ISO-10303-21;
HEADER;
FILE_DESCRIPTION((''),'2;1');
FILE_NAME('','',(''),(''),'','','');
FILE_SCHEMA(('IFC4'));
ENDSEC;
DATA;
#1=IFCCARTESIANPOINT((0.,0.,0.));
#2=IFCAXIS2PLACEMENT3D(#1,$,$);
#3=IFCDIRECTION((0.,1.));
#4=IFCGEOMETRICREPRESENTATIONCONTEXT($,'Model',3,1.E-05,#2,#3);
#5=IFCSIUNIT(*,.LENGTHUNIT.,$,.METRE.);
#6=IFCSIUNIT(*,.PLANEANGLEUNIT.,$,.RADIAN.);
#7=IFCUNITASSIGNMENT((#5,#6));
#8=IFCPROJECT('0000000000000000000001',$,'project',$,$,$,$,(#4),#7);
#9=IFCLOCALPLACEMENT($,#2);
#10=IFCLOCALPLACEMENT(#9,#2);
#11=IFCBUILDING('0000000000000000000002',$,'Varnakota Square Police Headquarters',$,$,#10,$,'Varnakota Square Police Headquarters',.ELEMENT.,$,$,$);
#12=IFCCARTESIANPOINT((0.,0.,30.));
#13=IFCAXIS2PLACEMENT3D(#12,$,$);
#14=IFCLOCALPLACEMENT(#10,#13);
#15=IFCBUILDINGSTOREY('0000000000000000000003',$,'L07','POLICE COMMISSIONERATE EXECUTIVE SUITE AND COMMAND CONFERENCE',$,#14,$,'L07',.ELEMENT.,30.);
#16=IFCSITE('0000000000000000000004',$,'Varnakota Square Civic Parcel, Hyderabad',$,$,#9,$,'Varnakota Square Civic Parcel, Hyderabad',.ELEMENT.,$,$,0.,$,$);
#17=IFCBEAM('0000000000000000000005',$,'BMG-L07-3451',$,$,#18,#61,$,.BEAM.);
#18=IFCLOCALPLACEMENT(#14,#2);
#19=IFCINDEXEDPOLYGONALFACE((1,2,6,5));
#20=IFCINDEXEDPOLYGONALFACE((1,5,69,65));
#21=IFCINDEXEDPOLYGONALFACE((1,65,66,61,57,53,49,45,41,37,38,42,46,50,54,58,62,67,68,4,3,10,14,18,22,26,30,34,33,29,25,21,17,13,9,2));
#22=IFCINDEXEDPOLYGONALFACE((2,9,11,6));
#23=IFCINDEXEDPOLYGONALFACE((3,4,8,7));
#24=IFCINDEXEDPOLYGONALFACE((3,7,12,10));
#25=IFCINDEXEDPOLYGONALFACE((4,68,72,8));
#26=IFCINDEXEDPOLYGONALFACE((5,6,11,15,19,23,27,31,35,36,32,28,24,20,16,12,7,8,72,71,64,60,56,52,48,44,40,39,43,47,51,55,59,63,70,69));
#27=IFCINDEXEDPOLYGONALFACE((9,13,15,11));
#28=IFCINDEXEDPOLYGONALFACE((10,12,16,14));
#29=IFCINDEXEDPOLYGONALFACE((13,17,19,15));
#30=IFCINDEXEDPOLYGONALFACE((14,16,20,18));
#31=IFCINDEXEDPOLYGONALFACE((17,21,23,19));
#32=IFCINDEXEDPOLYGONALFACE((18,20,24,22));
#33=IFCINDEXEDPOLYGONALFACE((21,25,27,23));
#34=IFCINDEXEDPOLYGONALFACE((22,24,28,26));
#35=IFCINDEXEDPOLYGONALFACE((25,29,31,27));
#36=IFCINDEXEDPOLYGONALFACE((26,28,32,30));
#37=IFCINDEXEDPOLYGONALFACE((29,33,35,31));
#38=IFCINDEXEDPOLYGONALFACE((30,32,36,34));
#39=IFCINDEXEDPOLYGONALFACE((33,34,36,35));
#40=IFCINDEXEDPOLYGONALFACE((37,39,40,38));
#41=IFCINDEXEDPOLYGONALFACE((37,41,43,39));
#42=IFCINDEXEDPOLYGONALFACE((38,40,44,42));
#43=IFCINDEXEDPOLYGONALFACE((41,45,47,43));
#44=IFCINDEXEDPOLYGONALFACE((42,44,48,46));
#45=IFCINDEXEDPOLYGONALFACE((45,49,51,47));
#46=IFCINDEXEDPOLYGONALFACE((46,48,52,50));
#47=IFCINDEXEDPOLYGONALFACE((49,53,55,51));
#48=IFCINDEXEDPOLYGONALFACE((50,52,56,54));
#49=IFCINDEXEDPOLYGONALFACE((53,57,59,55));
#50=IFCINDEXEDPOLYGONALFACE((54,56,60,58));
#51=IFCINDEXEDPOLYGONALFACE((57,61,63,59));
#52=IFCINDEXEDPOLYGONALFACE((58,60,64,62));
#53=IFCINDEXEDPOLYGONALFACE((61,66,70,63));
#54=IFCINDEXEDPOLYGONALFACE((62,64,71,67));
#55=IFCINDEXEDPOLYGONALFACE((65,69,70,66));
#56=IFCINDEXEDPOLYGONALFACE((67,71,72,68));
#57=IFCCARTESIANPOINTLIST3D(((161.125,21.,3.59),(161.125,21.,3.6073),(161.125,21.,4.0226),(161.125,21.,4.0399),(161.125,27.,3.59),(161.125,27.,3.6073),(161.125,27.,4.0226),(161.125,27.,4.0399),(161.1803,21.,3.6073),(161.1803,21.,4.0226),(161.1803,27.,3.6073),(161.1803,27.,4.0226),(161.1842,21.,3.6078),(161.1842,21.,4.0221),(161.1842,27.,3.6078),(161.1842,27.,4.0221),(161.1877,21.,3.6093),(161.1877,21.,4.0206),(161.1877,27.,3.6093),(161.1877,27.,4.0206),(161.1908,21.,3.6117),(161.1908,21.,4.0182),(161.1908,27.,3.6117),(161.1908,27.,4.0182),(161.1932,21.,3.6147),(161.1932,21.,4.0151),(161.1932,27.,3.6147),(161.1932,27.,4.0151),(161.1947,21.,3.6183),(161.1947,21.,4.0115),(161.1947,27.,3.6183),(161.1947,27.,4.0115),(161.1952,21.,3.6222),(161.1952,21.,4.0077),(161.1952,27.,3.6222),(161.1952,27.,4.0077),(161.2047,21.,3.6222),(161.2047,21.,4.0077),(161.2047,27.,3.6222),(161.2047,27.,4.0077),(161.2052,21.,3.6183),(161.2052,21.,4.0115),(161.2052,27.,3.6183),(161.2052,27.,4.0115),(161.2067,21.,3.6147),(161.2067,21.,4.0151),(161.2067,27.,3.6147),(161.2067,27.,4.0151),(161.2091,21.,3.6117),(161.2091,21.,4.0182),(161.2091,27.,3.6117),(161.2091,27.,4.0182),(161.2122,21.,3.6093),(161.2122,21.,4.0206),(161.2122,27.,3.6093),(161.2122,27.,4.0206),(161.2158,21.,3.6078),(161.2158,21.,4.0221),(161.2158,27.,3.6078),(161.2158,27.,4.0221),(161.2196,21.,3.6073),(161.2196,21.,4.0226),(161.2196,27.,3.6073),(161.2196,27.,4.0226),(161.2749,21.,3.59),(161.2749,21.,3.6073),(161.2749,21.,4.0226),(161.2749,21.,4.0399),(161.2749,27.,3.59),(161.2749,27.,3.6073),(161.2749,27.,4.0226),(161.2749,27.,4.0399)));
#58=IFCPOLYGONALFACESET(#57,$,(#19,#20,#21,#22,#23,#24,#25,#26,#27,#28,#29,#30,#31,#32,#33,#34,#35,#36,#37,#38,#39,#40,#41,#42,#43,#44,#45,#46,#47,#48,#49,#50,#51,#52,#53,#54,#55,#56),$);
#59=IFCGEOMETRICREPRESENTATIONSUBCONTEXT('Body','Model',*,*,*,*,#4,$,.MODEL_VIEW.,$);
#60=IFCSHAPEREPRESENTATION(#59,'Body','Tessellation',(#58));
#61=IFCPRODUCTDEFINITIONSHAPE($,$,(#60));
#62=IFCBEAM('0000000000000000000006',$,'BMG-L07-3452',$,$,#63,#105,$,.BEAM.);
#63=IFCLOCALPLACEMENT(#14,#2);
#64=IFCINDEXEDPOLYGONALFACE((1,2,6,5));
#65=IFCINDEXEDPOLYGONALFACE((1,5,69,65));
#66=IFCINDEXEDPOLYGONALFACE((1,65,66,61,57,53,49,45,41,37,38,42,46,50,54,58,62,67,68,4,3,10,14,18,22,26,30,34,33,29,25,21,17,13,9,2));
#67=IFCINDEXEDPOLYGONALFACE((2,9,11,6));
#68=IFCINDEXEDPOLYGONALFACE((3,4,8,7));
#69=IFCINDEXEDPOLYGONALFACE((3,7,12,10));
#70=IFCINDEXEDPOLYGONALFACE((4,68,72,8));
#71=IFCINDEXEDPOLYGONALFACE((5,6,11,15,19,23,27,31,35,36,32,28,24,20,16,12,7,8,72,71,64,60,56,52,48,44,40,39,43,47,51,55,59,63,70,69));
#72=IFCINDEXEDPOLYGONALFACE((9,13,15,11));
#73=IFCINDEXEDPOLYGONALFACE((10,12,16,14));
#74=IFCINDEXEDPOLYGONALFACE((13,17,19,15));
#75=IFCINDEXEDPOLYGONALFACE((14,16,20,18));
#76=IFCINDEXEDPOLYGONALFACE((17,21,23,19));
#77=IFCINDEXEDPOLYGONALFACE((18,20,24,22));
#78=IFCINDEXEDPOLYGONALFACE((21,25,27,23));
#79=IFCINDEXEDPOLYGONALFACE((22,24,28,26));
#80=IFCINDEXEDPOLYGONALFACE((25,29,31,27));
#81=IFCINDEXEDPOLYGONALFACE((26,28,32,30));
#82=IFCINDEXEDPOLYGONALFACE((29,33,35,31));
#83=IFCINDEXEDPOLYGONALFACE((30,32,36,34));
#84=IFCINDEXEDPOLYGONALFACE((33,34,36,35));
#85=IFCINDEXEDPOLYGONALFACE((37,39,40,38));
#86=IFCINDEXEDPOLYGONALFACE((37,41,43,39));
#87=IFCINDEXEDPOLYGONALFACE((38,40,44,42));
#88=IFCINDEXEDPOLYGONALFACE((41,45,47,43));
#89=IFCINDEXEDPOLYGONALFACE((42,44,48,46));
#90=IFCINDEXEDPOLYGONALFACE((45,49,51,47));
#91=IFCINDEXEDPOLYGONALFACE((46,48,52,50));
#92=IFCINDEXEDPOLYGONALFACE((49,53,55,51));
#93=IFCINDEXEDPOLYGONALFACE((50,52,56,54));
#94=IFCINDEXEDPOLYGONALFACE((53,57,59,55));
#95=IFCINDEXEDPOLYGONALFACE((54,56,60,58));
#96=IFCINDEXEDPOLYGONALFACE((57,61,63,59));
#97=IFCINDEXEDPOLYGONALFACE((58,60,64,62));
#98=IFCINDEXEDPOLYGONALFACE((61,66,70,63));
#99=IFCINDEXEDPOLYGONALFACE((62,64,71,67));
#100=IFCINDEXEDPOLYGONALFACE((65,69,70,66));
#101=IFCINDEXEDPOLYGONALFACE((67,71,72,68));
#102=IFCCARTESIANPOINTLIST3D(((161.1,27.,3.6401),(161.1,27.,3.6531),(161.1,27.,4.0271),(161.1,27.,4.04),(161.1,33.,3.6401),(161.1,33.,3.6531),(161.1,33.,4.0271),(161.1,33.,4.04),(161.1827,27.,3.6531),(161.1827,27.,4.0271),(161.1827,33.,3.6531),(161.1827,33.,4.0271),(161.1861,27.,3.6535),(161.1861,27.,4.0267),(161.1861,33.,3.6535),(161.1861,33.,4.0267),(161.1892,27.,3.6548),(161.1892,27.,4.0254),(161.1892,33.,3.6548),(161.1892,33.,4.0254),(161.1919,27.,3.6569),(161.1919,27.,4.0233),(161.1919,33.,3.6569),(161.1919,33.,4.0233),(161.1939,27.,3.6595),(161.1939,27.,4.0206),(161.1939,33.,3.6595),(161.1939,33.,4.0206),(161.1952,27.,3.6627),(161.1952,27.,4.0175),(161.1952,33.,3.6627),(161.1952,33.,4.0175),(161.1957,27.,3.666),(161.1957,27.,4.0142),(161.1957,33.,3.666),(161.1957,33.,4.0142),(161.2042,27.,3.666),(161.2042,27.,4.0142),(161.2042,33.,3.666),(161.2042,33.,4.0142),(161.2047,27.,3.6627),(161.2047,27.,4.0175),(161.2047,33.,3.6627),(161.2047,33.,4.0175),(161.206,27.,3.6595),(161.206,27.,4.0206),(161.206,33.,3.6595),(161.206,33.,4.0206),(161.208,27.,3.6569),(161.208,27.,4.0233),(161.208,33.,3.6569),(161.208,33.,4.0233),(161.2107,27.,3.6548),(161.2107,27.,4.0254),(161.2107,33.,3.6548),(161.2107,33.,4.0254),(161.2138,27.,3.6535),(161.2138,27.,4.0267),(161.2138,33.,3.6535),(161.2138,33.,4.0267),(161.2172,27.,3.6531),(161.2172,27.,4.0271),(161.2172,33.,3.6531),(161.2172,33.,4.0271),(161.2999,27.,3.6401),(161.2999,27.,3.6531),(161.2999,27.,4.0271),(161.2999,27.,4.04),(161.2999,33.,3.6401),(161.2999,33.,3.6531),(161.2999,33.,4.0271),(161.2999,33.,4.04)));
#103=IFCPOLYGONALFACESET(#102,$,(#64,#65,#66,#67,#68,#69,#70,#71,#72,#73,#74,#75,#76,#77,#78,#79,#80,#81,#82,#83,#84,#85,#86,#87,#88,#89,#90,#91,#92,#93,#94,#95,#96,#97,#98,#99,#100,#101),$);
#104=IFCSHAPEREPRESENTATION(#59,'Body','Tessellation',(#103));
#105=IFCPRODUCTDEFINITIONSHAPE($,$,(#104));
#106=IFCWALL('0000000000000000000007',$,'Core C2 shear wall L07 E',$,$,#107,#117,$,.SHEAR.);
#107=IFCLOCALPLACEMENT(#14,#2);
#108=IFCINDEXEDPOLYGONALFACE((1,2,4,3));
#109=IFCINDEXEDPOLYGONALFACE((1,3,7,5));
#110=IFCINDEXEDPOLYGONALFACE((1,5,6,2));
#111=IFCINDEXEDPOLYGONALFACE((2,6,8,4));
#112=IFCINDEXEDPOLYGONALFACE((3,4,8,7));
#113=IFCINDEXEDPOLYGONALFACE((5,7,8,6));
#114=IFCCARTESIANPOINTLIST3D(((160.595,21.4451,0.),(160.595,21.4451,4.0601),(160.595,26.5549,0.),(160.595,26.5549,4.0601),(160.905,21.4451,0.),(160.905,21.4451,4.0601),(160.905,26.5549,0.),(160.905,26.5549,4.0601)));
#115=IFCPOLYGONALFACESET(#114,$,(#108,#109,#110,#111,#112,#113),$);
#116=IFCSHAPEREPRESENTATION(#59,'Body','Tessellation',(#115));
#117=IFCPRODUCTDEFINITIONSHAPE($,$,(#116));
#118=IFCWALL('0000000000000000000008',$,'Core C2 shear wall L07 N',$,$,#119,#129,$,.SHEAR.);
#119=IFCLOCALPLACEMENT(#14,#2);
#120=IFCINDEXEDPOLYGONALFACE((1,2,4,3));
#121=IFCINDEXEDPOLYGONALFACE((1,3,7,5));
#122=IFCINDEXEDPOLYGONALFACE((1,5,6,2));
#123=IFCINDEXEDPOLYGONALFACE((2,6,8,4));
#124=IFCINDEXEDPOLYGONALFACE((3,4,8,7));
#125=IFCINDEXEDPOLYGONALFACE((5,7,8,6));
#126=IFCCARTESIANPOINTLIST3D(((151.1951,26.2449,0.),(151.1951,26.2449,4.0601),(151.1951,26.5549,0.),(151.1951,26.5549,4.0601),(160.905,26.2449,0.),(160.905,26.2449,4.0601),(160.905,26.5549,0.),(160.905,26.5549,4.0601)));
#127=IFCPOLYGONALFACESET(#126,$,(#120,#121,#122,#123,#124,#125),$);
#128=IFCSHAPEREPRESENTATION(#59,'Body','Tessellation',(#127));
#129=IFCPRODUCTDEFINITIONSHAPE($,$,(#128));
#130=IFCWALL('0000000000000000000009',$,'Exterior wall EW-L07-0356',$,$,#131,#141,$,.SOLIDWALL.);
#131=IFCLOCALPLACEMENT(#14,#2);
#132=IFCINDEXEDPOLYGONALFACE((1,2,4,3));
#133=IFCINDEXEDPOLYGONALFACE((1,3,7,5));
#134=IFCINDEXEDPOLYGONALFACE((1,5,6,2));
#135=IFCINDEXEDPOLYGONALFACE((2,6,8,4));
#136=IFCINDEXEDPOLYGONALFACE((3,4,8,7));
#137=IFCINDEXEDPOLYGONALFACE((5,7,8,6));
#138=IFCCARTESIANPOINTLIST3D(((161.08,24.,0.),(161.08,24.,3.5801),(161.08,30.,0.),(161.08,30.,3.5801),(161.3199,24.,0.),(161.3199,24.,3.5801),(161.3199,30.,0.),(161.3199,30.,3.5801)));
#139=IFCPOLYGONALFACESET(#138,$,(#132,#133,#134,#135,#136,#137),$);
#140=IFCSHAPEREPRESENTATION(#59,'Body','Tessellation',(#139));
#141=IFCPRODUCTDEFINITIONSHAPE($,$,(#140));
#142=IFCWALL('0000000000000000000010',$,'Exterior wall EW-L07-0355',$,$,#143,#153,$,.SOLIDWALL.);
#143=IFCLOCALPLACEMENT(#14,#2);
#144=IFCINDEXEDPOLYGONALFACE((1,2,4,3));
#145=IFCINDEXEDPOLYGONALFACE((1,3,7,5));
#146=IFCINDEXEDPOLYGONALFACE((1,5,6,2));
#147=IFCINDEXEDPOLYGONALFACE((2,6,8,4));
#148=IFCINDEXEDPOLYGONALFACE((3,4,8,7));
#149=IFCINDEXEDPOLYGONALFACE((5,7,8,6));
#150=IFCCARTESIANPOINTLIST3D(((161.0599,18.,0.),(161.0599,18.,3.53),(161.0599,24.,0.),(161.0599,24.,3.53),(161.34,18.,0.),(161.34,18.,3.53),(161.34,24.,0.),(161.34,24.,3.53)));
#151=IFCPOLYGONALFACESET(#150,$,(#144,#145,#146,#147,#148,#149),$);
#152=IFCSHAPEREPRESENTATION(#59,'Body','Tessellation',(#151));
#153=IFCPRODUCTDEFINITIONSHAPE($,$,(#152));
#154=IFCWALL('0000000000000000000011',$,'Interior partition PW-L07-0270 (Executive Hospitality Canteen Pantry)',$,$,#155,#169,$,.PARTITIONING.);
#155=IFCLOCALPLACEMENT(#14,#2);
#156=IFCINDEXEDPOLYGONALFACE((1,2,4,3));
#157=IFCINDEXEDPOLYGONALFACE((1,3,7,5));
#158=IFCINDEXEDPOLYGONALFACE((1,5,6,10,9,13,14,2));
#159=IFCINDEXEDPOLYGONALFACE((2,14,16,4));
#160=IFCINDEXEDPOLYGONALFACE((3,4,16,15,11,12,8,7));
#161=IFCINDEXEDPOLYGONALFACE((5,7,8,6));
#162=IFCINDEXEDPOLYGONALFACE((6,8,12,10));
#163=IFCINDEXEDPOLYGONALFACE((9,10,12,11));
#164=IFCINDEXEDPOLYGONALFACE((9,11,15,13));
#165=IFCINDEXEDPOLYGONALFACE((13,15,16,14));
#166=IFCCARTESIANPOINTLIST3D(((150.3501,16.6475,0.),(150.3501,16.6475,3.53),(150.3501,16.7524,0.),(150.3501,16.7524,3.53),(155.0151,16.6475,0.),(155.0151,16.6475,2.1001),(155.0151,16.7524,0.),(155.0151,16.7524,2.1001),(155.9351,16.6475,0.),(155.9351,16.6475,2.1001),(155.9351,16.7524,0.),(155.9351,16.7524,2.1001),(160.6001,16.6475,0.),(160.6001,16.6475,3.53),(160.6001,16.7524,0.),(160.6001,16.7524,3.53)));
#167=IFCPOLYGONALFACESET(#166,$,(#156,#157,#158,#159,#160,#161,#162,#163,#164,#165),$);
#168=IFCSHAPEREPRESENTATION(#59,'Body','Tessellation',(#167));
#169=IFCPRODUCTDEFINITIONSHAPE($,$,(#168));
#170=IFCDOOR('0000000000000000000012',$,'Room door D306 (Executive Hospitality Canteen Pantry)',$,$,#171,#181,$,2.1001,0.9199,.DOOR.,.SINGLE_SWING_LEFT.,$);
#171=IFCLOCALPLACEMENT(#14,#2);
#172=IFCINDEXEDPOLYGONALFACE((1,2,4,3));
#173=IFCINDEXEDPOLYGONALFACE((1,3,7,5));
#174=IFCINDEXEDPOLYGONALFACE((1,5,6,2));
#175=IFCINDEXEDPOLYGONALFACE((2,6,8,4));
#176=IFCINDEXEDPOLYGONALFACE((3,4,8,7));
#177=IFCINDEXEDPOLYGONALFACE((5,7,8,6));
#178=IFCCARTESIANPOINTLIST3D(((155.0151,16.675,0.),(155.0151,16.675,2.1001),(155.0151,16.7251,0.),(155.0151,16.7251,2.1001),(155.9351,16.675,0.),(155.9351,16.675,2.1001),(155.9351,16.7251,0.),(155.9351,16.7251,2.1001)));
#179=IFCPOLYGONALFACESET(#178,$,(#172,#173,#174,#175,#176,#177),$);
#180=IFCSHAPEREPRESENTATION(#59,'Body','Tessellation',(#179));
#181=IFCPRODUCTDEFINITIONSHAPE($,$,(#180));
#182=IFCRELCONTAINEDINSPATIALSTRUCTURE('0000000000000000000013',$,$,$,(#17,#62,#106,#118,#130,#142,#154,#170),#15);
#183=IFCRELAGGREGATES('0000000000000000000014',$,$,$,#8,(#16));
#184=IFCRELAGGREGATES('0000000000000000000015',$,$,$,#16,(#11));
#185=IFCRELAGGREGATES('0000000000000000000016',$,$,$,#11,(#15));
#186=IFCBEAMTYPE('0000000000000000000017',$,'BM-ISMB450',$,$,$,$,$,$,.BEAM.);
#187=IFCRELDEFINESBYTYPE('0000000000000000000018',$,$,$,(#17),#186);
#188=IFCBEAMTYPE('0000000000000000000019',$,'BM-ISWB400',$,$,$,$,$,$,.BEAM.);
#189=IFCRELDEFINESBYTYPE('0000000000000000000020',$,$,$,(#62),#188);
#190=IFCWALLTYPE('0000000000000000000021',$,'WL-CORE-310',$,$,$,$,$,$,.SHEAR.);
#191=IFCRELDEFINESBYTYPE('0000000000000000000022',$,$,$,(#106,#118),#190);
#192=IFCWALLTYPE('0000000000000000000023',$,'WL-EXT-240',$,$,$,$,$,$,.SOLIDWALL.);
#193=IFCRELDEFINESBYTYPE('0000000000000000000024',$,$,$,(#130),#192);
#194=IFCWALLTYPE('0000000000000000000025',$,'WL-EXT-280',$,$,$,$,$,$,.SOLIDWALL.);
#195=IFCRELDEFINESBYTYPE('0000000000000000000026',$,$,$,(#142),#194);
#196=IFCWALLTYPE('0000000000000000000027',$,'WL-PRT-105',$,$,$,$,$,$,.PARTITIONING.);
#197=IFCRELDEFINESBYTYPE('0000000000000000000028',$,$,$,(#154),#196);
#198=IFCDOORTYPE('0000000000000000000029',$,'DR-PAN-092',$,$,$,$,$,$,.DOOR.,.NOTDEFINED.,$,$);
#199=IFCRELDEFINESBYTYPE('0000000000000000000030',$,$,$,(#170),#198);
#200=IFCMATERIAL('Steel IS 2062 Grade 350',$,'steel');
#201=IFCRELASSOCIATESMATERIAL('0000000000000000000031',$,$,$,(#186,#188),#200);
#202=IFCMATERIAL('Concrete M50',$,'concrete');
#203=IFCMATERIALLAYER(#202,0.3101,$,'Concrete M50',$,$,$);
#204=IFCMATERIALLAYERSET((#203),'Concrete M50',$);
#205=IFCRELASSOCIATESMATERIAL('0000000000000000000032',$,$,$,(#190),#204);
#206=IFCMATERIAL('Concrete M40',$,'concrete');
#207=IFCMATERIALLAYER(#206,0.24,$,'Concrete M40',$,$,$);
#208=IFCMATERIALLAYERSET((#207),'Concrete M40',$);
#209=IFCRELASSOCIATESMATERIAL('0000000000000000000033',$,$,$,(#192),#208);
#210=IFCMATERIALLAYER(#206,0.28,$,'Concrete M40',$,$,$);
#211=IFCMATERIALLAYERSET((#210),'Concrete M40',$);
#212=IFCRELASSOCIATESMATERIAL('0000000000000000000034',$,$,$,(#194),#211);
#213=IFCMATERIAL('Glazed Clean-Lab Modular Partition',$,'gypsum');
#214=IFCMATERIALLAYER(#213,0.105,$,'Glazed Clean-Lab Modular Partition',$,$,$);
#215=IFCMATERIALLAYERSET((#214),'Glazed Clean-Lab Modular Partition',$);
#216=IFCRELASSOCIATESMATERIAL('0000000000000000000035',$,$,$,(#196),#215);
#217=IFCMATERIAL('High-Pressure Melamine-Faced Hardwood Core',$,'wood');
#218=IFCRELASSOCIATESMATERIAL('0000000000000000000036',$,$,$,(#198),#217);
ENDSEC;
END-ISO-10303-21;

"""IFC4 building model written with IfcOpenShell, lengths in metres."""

from ifc_helpers import new_model, si_unit, direction, frame, frame_2d, origin, origin_2d, place, context, subcontext, project, spatial, rectangle, i_section, extrude, material, layer, layer_set, material_profile, profile_set, type_object, element, fill, save


model = new_model("IFC4")

# Units and contexts
model_context = context("Model", 3, precision=1e-05, world=origin(), true_north=direction((0.0, 1.0)))
body_context = subcontext(model_context, "Body", "Model", "MODEL_VIEW")
ifc_project = project(units=[si_unit("LENGTHUNIT", "METRE"), si_unit("PLANEANGLEUNIT", "RADIAN")], contexts=[model_context])

# Site, building, storey
site_placement = place(None, origin())
site = spatial("IfcSite", under=ifc_project, at=site_placement, Name="Varnakota Square Civic Parcel, Hyderabad", LongName="Varnakota Square Civic Parcel, Hyderabad", CompositionType="ELEMENT", RefElevation=0.0)
building_placement = place(site_placement, origin())
building = spatial("IfcBuilding", under=site, at=building_placement, Name="Varnakota Square Police Headquarters", LongName="Varnakota Square Police Headquarters", CompositionType="ELEMENT")
storey_placement = place(building_placement, frame((0.0, 0.0, 30.0)))
storey = spatial("IfcBuildingStorey", under=building, at=storey_placement, Name="L07", Description="POLICE COMMISSIONERATE EXECUTIVE SUITE AND COMMAND CONFERENCE", LongName="L07", CompositionType="ELEMENT", Elevation=30.0)

# Shared definitions
ifc_material_1 = material(Name="Steel IS 2062 Grade 350", Category="steel")

# Beams
ifc_material_profile_1 = material_profile(ifc_material_1, i_section(OverallWidth=0.1499, OverallDepth=0.45, WebThickness=0.0095, FlangeThickness=0.0173, FilletRadius=0.0149, at=origin_2d()), Name="ISMB 450")
ifc_profile_set_1 = profile_set([ifc_material_profile_1], Name="Steel IS 2062 Grade 350")
beam_type_1 = type_object("IfcBeamType", Name="BM-ISMB450", PredefinedType="BEAM", material=ifc_profile_set_1)
beam_1_placement = place(storey_placement, frame((161.2, 21.0, 3.8149), z_axis=(0.0, 1.0, 0.0), x_axis=(-1.0, 0.0, 0.0)))
element("IfcBeam", 1, at=beam_1_placement, inside=storey, type_object=beam_type_1, Name="BMG-L07-3451", PredefinedType="BEAM", context=body_context, shape_type="SweptSolid", body=[
    extrude(i_section(OverallWidth=0.1499, OverallDepth=0.45, WebThickness=0.0095, FlangeThickness=0.0173, FilletRadius=0.0149, at=origin_2d()), origin(), (0.0, 0.0, 1.0), 6.0),
])
ifc_material_profile_2 = material_profile(ifc_material_1, i_section(OverallWidth=0.2, OverallDepth=0.3999, WebThickness=0.0085, FlangeThickness=0.0129, FilletRadius=0.0129, at=origin_2d()), Name="ISWB 400")
ifc_profile_set_2 = profile_set([ifc_material_profile_2], Name="Steel IS 2062 Grade 350")
beam_type_2 = type_object("IfcBeamType", Name="BM-ISWB400", PredefinedType="BEAM", material=ifc_profile_set_2)
beam_2_placement = place(storey_placement, frame((161.2, 27.0, 3.8401), z_axis=(0.0, 1.0, 0.0), x_axis=(-1.0, 0.0, 0.0)))
element("IfcBeam", 2, at=beam_2_placement, inside=storey, type_object=beam_type_2, Name="BMG-L07-3452", PredefinedType="BEAM", context=body_context, shape_type="SweptSolid", body=[
    extrude(i_section(OverallWidth=0.2, OverallDepth=0.3999, WebThickness=0.0085, FlangeThickness=0.0129, FilletRadius=0.0129, at=origin_2d()), origin(), (0.0, 0.0, 1.0), 6.0),
])

# Walls
ifc_material_2 = material(Name="Concrete M50", Category="concrete")
ifc_layer_1 = layer(ifc_material_2, 0.3101, Name="Concrete M50")
ifc_layer_set_1 = layer_set([ifc_layer_1], Name="Concrete M50")
wall_type_1 = type_object("IfcWallType", Name="WL-CORE-310", PredefinedType="SHEAR", material=ifc_layer_set_1)
wall_1_placement = place(storey_placement, frame((160.75, 21.4451, 0.0), z_axis=(0.0, 0.0, 1.0), x_axis=(0.0, 1.0, 0.0)))
element("IfcWall", 3, at=wall_1_placement, inside=storey, type_object=wall_type_1, Name="Core C2 shear wall L07 E", PredefinedType="SHEAR", context=body_context, shape_type="SweptSolid", body=[
    extrude(rectangle(XDim=5.1099, YDim=0.3101, at=frame_2d((2.5549, 0.0))), origin(), (0.0, 0.0, 1.0), 4.0601),
])
wall_2_placement = place(storey_placement, frame((160.905, 26.3999, 0.0), z_axis=(0.0, 0.0, 1.0), x_axis=(-1.0, 0.0, 0.0)))
element("IfcWall", 4, at=wall_2_placement, inside=storey, type_object=wall_type_1, Name="Core C2 shear wall L07 N", PredefinedType="SHEAR", context=body_context, shape_type="SweptSolid", body=[
    extrude(rectangle(XDim=9.71, YDim=0.3101, at=frame_2d((4.855, 0.0))), origin(), (0.0, 0.0, 1.0), 4.0601),
])
ifc_material_3 = material(Name="Concrete M40", Category="concrete")
ifc_layer_2 = layer(ifc_material_3, 0.24, Name="Concrete M40")
ifc_layer_set_2 = layer_set([ifc_layer_2], Name="Concrete M40")
wall_type_2 = type_object("IfcWallType", Name="WL-EXT-240", PredefinedType="SOLIDWALL", material=ifc_layer_set_2)
wall_3_placement = place(storey_placement, frame((161.2, 24.0, 0.0), z_axis=(0.0, 0.0, 1.0), x_axis=(0.0, 1.0, 0.0)))
element("IfcWall", 5, at=wall_3_placement, inside=storey, type_object=wall_type_2, Name="Exterior wall EW-L07-0356", PredefinedType="SOLIDWALL", context=body_context, shape_type="SweptSolid", body=[
    extrude(rectangle(XDim=6.0, YDim=0.24, at=frame_2d((3.0, 0.0))), origin(), (0.0, 0.0, 1.0), 3.5801),
])
ifc_layer_3 = layer(ifc_material_3, 0.28, Name="Concrete M40")
ifc_layer_set_3 = layer_set([ifc_layer_3], Name="Concrete M40")
wall_type_3 = type_object("IfcWallType", Name="WL-EXT-280", PredefinedType="SOLIDWALL", material=ifc_layer_set_3)
wall_4_placement = place(storey_placement, frame((161.2, 18.0, 0.0), z_axis=(0.0, 0.0, 1.0), x_axis=(0.0, 1.0, 0.0)))
element("IfcWall", 6, at=wall_4_placement, inside=storey, type_object=wall_type_3, Name="Exterior wall EW-L07-0355", PredefinedType="SOLIDWALL", context=body_context, shape_type="SweptSolid", body=[
    extrude(rectangle(XDim=6.0, YDim=0.28, at=frame_2d((3.0, 0.0))), origin(), (0.0, 0.0, 1.0), 3.53),
])

# Wall, opening, door
ifc_material_4 = material(Name="Glazed Clean-Lab Modular Partition", Category="gypsum")
ifc_layer_4 = layer(ifc_material_4, 0.105, Name="Glazed Clean-Lab Modular Partition")
ifc_layer_set_4 = layer_set([ifc_layer_4], Name="Glazed Clean-Lab Modular Partition")
wall_type_4 = type_object("IfcWallType", Name="WL-PRT-105", PredefinedType="PARTITIONING", material=ifc_layer_set_4)
wall_5_placement = place(storey_placement, frame((160.6001, 16.7, 0.0), z_axis=(0.0, 0.0, 1.0), x_axis=(-1.0, 0.0, 0.0)))
wall_5 = element("IfcWall", 7, at=wall_5_placement, inside=storey, type_object=wall_type_4, Name="Interior partition PW-L07-0270 (Executive Hospitality Canteen Pantry)", PredefinedType="PARTITIONING", context=body_context, shape_type="SweptSolid", body=[
    extrude(rectangle(XDim=10.25, YDim=0.105, at=frame_2d((5.125, 0.0))), origin(), (0.0, 0.0, 1.0), 3.53),
])
opening_placement = place(wall_5_placement, frame((4.665, 0.0, 0.0)))
opening = element("IfcOpeningElement", 8, at=opening_placement, cuts=wall_5, PredefinedType="OPENING", context=body_context, shape_type="SweptSolid", body=[
    extrude(rectangle(XDim=0.9199, YDim=2.1001, at=frame_2d((0.46, 1.05))), frame((0.0, 0.0625, 0.0), z_axis=(0.0, -1.0, 0.0), x_axis=(1.0, 0.0, 0.0)), (0.0, 0.0, 1.0), 0.125),
])
ifc_material_5 = material(Name="High-Pressure Melamine-Faced Hardwood Core", Category="wood")
door_type = type_object("IfcDoorType", Name="DR-PAN-092", OperationType="NOTDEFINED", PredefinedType="DOOR", material=ifc_material_5)
door_placement = place(opening_placement, origin())
door = element("IfcDoor", 9, at=door_placement, inside=storey, type_object=door_type, Name="Room door D306 (Executive Hospitality Canteen Pantry)", OperationType="SINGLE_SWING_LEFT", OverallHeight=2.1001, OverallWidth=0.9199, PredefinedType="DOOR", context=body_context, shape_type="SweptSolid", body=[
    extrude(rectangle(XDim=0.9199, YDim=2.1001, at=frame_2d((0.46, 1.05))), frame((0.0, 0.0249, 0.0), z_axis=(0.0, -1.0, 0.0), x_axis=(1.0, 0.0, 0.0)), (0.0, 0.0, 1.0), 0.05),
])
fill(opening, door)

save(model, "model.ifc")
